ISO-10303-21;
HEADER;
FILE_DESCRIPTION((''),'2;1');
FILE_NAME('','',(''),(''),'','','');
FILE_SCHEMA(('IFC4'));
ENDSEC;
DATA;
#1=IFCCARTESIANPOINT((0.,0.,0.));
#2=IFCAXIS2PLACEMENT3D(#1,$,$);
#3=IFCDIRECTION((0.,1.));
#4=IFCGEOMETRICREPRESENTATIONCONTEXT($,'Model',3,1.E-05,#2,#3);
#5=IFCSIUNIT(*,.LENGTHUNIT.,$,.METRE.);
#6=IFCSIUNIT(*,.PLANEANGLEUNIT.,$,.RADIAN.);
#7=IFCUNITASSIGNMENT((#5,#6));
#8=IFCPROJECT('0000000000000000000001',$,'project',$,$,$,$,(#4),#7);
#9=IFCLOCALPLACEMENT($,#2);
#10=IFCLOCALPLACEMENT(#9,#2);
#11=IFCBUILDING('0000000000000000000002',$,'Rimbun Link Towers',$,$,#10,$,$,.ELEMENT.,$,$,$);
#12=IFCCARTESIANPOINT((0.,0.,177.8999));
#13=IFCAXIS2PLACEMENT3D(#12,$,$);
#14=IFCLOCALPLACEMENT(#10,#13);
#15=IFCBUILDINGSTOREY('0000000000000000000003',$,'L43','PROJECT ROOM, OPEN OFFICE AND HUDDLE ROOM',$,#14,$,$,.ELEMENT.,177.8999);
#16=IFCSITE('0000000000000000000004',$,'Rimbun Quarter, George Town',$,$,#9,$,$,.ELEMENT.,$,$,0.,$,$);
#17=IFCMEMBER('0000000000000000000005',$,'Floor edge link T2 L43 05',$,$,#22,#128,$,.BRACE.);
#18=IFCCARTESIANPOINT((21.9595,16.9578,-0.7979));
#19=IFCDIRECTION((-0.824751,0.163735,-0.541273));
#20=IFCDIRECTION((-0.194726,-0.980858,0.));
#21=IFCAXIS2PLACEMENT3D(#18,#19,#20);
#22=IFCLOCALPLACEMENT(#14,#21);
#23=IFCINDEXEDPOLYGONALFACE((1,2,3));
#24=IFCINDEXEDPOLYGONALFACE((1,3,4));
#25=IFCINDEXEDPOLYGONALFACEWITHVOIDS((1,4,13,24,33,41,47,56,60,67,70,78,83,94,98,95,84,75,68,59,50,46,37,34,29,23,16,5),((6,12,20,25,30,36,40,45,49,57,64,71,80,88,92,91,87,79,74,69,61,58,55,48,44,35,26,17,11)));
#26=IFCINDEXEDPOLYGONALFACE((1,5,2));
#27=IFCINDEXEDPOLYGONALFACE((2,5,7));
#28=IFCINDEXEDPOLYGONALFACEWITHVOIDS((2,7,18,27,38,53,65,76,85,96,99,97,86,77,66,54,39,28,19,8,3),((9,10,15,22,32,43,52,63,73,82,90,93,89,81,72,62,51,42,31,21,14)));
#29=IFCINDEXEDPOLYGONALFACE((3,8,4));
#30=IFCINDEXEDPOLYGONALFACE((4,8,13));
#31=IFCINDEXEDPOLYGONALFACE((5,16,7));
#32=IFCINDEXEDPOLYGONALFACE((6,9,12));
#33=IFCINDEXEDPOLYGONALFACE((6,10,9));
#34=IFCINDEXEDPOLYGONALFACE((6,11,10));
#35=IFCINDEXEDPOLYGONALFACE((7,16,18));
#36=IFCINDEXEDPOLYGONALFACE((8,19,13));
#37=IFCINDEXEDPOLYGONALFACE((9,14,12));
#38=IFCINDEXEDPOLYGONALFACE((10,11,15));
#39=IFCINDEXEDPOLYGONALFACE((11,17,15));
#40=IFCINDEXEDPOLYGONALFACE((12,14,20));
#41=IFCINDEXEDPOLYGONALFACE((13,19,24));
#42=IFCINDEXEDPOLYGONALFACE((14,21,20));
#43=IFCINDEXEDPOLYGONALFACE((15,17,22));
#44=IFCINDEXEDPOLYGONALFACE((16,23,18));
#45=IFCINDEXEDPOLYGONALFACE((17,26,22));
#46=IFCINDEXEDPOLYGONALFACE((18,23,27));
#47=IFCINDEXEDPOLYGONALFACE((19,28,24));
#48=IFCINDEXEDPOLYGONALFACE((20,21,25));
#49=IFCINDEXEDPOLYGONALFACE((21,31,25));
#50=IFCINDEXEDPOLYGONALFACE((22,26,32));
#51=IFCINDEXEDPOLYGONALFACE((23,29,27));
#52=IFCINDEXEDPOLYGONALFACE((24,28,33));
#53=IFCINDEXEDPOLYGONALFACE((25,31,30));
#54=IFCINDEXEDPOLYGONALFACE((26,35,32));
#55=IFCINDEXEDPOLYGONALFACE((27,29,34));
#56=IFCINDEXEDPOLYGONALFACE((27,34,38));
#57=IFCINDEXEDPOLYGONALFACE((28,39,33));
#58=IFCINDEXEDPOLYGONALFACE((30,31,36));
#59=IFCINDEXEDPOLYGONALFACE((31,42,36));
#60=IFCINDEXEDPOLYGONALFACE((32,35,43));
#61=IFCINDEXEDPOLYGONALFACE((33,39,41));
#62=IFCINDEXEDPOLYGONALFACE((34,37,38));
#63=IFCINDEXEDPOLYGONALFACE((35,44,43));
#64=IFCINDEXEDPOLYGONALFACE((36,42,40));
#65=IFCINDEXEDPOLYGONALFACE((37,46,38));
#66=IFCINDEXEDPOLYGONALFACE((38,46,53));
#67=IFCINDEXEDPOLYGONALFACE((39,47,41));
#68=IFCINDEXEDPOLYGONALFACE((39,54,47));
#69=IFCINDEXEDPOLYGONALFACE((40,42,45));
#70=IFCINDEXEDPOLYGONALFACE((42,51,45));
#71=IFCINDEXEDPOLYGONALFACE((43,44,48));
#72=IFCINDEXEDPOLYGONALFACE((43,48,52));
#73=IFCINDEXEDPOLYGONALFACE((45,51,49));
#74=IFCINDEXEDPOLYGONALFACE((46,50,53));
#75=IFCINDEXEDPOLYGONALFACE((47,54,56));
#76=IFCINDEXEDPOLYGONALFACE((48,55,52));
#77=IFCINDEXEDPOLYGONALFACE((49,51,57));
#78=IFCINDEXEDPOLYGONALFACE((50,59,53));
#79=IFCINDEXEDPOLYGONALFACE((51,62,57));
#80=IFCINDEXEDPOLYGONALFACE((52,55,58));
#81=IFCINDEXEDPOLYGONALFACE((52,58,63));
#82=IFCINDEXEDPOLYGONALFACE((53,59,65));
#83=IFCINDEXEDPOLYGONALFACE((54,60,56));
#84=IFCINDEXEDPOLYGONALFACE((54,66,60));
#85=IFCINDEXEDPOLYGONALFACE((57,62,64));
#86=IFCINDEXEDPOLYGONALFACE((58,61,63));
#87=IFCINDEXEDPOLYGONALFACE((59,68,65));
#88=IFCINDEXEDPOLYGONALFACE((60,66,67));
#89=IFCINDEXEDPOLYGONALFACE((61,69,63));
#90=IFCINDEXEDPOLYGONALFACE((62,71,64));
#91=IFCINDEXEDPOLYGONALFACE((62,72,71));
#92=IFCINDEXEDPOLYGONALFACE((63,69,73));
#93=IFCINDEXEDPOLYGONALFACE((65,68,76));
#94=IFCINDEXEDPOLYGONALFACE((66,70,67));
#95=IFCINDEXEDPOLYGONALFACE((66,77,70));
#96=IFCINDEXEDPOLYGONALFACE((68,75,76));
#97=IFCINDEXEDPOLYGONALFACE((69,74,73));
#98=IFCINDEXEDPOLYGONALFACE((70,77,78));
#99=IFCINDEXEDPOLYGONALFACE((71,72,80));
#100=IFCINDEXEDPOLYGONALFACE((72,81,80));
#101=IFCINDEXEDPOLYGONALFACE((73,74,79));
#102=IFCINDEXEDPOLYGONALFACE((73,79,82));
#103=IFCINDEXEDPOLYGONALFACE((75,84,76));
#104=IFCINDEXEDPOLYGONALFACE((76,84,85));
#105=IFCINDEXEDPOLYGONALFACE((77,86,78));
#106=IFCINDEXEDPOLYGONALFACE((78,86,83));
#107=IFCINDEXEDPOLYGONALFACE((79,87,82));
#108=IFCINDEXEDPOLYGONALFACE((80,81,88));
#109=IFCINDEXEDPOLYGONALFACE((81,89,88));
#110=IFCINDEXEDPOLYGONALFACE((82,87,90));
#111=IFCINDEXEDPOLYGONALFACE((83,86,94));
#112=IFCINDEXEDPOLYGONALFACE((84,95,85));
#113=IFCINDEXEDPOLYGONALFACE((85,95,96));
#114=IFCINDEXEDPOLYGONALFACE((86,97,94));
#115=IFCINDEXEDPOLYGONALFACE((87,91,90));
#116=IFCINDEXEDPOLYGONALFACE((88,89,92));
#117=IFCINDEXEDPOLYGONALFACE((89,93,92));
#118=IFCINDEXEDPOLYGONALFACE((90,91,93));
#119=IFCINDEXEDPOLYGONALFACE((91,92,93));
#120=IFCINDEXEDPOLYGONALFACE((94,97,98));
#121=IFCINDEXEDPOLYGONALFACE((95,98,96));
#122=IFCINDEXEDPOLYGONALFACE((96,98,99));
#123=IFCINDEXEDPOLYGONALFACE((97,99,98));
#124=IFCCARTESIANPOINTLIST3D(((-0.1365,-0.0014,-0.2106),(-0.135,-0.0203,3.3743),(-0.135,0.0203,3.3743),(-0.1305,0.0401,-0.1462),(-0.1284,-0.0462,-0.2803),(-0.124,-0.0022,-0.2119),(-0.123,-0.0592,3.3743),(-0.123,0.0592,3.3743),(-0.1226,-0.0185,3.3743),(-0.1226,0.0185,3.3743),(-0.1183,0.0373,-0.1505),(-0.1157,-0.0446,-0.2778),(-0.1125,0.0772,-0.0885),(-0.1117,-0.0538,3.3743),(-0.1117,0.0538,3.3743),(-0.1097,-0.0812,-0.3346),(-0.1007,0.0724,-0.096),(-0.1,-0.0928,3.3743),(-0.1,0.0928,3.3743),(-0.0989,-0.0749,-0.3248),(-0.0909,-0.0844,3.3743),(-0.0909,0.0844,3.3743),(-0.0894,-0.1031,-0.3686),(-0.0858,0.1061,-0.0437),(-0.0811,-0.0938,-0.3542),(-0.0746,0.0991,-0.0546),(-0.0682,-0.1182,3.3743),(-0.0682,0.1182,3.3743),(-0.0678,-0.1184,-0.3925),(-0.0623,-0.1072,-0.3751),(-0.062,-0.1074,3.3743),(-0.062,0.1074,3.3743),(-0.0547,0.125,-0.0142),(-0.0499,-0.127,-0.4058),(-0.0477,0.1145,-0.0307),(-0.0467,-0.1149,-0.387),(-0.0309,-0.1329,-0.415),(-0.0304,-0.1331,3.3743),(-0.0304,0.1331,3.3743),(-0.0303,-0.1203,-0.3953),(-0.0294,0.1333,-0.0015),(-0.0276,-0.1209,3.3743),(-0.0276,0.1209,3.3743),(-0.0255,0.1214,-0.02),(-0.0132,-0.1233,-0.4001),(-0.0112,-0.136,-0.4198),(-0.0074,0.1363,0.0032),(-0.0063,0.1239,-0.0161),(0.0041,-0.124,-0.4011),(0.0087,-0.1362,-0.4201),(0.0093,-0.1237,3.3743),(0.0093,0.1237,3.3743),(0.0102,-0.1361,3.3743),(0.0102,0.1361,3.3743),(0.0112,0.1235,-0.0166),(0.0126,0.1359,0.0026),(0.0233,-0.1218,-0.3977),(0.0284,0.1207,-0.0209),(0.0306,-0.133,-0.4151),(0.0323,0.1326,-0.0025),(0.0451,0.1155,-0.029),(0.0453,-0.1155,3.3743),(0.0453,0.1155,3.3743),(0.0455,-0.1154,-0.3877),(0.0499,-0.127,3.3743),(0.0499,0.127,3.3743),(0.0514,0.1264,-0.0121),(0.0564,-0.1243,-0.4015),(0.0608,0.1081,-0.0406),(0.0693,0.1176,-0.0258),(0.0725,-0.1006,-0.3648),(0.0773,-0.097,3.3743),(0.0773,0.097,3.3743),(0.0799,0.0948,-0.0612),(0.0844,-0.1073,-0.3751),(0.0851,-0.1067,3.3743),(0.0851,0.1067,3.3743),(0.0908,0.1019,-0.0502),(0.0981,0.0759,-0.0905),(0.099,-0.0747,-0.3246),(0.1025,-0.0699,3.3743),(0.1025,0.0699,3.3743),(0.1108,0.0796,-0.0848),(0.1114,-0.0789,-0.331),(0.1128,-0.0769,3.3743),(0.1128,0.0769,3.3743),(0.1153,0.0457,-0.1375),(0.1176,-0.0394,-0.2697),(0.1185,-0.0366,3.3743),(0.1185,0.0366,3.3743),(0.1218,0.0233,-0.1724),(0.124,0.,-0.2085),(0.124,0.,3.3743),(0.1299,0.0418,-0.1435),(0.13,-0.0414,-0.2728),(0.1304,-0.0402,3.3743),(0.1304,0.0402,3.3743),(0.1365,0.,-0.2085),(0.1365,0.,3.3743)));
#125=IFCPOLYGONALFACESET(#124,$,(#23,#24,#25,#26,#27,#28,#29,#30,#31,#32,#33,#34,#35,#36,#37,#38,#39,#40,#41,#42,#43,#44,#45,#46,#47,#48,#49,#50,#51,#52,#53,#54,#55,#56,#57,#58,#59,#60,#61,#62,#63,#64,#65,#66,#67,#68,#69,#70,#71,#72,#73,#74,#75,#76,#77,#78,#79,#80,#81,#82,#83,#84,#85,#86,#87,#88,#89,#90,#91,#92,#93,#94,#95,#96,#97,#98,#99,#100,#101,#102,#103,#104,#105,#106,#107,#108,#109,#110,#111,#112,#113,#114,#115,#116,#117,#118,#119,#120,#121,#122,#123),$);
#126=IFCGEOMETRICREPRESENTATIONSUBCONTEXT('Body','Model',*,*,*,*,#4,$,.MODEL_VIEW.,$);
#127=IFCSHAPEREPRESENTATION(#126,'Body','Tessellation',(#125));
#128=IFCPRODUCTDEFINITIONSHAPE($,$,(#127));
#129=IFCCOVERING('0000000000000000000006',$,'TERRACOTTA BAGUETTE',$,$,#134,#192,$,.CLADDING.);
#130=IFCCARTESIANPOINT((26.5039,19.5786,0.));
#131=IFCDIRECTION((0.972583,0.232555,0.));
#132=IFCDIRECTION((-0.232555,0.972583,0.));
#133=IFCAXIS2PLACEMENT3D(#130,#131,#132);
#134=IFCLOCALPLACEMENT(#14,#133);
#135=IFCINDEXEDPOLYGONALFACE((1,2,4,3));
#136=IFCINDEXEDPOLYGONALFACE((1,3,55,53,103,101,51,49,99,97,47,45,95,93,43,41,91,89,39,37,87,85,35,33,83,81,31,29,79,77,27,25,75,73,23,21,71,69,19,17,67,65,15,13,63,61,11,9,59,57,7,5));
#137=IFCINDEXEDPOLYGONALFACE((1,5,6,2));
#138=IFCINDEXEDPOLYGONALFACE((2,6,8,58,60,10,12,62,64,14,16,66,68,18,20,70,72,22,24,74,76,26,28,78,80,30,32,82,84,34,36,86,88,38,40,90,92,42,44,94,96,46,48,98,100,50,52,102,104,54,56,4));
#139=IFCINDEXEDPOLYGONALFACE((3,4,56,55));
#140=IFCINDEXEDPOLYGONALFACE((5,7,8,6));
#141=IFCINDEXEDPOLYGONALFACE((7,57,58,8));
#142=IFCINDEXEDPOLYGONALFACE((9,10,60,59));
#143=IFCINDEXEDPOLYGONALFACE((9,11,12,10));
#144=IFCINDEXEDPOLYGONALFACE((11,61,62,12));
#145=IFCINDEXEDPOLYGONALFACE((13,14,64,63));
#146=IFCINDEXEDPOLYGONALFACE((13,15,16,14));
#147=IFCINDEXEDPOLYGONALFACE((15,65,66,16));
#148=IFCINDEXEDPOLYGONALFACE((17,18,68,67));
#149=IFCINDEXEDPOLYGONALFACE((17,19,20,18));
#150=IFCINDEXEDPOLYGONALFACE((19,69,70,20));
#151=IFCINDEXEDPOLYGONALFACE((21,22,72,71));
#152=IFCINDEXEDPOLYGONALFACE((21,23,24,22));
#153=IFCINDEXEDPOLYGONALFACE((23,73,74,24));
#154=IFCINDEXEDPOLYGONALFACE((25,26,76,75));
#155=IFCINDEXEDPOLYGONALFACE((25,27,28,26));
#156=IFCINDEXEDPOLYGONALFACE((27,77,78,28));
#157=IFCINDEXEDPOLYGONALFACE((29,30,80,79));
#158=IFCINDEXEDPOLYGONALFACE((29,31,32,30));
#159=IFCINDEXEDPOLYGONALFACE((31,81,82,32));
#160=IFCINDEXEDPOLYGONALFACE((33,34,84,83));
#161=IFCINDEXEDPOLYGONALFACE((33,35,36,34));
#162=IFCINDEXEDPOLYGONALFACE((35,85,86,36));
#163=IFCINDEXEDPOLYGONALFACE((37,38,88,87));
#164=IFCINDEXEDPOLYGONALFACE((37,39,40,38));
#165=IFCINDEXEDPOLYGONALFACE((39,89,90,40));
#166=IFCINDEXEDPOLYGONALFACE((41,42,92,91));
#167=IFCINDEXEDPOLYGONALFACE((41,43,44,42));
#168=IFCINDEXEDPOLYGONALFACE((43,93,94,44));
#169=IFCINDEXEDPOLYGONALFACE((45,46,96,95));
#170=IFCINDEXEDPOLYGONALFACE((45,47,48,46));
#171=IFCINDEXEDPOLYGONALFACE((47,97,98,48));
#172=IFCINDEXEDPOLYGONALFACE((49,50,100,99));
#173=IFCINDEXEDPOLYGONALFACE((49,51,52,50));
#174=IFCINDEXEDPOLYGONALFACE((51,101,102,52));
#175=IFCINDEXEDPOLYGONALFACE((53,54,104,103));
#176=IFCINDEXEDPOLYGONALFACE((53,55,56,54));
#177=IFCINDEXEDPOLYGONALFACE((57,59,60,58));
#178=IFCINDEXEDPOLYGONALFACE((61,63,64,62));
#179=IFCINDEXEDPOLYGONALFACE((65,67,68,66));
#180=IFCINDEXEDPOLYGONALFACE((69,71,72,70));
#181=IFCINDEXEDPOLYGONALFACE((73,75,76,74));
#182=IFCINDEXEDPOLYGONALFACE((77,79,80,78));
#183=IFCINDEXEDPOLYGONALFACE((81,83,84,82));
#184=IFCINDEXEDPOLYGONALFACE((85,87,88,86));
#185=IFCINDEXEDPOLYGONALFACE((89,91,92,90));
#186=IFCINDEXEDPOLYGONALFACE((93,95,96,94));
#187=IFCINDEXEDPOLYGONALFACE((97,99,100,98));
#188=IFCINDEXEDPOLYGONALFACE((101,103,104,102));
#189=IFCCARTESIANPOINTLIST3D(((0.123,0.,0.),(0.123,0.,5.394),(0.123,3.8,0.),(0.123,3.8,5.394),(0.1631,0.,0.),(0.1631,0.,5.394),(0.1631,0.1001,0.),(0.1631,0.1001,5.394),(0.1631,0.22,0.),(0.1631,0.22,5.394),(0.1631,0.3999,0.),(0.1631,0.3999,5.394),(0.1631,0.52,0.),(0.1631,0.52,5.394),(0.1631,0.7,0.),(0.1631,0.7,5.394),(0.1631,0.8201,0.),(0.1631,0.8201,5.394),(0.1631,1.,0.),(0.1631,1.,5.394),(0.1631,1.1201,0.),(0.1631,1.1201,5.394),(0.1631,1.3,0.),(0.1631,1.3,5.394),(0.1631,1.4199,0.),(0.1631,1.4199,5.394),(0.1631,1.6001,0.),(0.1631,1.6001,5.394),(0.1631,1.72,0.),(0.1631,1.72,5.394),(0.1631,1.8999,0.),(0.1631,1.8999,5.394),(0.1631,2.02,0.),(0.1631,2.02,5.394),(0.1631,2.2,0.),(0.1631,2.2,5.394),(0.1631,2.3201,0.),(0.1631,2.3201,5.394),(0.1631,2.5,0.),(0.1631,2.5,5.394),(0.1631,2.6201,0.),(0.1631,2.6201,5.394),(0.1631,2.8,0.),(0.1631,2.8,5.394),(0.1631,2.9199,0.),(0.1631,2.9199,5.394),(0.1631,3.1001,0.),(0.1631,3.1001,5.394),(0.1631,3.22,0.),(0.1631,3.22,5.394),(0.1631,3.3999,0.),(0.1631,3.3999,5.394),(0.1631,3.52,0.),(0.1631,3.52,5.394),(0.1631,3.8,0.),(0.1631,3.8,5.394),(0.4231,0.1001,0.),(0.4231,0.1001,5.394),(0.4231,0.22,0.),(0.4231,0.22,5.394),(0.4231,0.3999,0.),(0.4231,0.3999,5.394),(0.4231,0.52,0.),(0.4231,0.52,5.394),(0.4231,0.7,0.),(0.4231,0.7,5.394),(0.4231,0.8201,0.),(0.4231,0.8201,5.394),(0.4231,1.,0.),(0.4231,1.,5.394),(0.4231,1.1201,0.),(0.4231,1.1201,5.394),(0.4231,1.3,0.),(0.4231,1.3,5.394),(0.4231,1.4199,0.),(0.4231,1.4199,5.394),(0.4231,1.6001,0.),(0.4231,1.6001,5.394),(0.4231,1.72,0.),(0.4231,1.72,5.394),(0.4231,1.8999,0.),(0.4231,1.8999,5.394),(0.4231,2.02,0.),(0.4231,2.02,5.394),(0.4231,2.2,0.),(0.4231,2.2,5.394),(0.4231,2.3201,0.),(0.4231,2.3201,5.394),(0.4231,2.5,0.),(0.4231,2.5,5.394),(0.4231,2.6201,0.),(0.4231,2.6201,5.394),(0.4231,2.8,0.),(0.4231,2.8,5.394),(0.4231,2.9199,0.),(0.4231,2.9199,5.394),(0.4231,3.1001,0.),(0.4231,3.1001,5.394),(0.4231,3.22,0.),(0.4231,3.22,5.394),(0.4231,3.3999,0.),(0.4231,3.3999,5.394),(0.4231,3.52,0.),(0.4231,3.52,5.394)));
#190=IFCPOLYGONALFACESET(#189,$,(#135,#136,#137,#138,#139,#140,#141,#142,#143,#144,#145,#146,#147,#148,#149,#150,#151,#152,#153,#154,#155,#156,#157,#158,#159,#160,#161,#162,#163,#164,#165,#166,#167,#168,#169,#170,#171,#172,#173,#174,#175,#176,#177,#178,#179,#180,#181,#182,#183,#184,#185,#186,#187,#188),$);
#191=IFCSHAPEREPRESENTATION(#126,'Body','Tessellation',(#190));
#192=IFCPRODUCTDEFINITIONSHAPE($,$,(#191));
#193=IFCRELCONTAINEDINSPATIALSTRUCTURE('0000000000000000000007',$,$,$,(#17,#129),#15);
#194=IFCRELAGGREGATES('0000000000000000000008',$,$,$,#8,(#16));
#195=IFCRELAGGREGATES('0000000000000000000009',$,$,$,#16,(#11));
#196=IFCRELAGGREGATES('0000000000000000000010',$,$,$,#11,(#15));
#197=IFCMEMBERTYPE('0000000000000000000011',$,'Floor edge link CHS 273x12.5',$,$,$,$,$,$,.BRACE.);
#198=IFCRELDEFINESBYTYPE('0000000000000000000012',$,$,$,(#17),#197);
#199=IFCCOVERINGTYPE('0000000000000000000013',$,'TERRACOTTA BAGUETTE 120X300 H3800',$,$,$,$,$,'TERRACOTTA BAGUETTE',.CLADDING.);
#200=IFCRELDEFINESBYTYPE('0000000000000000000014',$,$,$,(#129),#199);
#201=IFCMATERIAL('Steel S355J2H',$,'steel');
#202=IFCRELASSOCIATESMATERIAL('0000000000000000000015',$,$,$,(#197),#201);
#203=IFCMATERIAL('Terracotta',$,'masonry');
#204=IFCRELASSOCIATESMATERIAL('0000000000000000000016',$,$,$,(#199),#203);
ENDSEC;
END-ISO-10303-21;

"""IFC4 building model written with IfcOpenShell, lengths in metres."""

from ifc_helpers import new_model, si_unit, direction, frame, origin, origin_2d, place, context, subcontext, project, spatial, polyline, hollow_circle, outline, extrude, clip, halfspace, material, material_profile, profile_set, type_object, element, save


model = new_model("IFC4")

# Units and contexts
model_context = context("Model", 3, precision=1e-05, world=origin(), true_north=direction((0.0, 1.0)))
body_context = subcontext(model_context, "Body", "Model", "MODEL_VIEW")
ifc_project = project(units=[si_unit("LENGTHUNIT", "METRE"), si_unit("PLANEANGLEUNIT", "RADIAN")], contexts=[model_context])

# Site, building, storey
site_placement = place(None, origin())
site = spatial("IfcSite", under=ifc_project, at=site_placement, Name="Rimbun Quarter, George Town", CompositionType="ELEMENT", RefElevation=0.0)
building_placement = place(site_placement, origin())
building = spatial("IfcBuilding", under=site, at=building_placement, Name="Rimbun Link Towers", CompositionType="ELEMENT")
storey_placement = place(building_placement, frame((0.0, 0.0, 177.8999)))
storey = spatial("IfcBuildingStorey", under=building, at=storey_placement, Name="L43", Description="PROJECT ROOM, OPEN OFFICE AND HUDDLE ROOM", CompositionType="ELEMENT", Elevation=177.8999)

# Member
ifc_material_1 = material(Name="Steel S355J2H", Category="steel")
ifc_material_profile_1 = material_profile(ifc_material_1, hollow_circle(Radius=0.1365, WallThickness=0.0125, at=origin_2d()), Name="CHS 273x12.5")
ifc_profile_set_1 = profile_set([ifc_material_profile_1], Name="Steel S355J2H")
member_type_1 = type_object("IfcMemberType", Name="Floor edge link CHS 273x12.5", PredefinedType="BRACE", material=ifc_profile_set_1)
member_1_placement = place(storey_placement, frame((21.9595, 16.9578, -0.7979), z_axis=(-0.824751, 0.163735, -0.541273), x_axis=(-0.194726, -0.980858, 0.0)))
element("IfcMember", 1, at=member_1_placement, inside=storey, type_object=member_type_1, Name="Floor edge link T2 L43 05", PredefinedType="BRACE", context=body_context, shape_type="Clipping", body=[
    clip(extrude(hollow_circle(Radius=0.1365, WallThickness=0.0125, at=origin_2d()), frame((0.0, 0.0, -0.4426)), (0.0, 0.0, 1.0), 3.8169), halfspace(frame((0.0, 0.0, -0.2085), z_axis=(0.0, 0.840847, -0.541273)), False)),
])

# Covering
ifc_material_2 = material(Name="Terracotta", Category="masonry")
ifc_material_profile_2 = material_profile(ifc_material_2, outline(polyline([(0.123, 0.0), (0.1631, 0.0), (0.1631, 0.1001), (0.4231, 0.1001), (0.4231, 0.22), (0.1631, 0.22), (0.1631, 0.3999), (0.4231, 0.3999), (0.4231, 0.52), (0.1631, 0.52), (0.1631, 0.7), (0.4231, 0.7), (0.4231, 0.8201), (0.1631, 0.8201), (0.1631, 1.0), (0.4231, 1.0), (0.4231, 1.1201), (0.1631, 1.1201), (0.1631, 1.3), (0.4231, 1.3), (0.4231, 1.4199), (0.1631, 1.4199), (0.1631, 1.6001), (0.4231, 1.6001), (0.4231, 1.72), (0.1631, 1.72), (0.1631, 1.8999), (0.4231, 1.8999), (0.4231, 2.02), (0.1631, 2.02), (0.1631, 2.2), (0.4231, 2.2), (0.4231, 2.3201), (0.1631, 2.3201), (0.1631, 2.5), (0.4231, 2.5), (0.4231, 2.6201), (0.1631, 2.6201), (0.1631, 2.8), (0.4231, 2.8), (0.4231, 2.9199), (0.1631, 2.9199), (0.1631, 3.1001), (0.4231, 3.1001), (0.4231, 3.22), (0.1631, 3.22), (0.1631, 3.3999), (0.4231, 3.3999), (0.4231, 3.52), (0.1631, 3.52), (0.1631, 3.8), (0.123, 3.8), (0.123, 0.0)])), Name="BAGUETTE 120X300")
ifc_profile_set_2 = profile_set([ifc_material_profile_2], Name="Terracotta")
covering_type = type_object("IfcCoveringType", Name="TERRACOTTA BAGUETTE 120X300 H3800", ElementType="TERRACOTTA BAGUETTE", PredefinedType="CLADDING", material=ifc_profile_set_2)
covering_1_placement = place(storey_placement, frame((26.5039, 19.5786, 0.0), z_axis=(0.972583, 0.232555, 0.0), x_axis=(-0.232555, 0.972583, 0.0)))
element("IfcCovering", 2, at=covering_1_placement, inside=storey, type_object=covering_type, Name="TERRACOTTA BAGUETTE", PredefinedType="CLADDING", context=body_context, shape_type="SweptSolid", body=[
    extrude(outline(polyline([(0.123, 0.0), (0.1631, 0.0), (0.1631, 0.1001), (0.4231, 0.1001), (0.4231, 0.22), (0.1631, 0.22), (0.1631, 0.3999), (0.4231, 0.3999), (0.4231, 0.52), (0.1631, 0.52), (0.1631, 0.7), (0.4231, 0.7), (0.4231, 0.8201), (0.1631, 0.8201), (0.1631, 1.0), (0.4231, 1.0), (0.4231, 1.1201), (0.1631, 1.1201), (0.1631, 1.3), (0.4231, 1.3), (0.4231, 1.4199), (0.1631, 1.4199), (0.1631, 1.6001), (0.4231, 1.6001), (0.4231, 1.72), (0.1631, 1.72), (0.1631, 1.8999), (0.4231, 1.8999), (0.4231, 2.02), (0.1631, 2.02), (0.1631, 2.2), (0.4231, 2.2), (0.4231, 2.3201), (0.1631, 2.3201), (0.1631, 2.5), (0.4231, 2.5), (0.4231, 2.6201), (0.1631, 2.6201), (0.1631, 2.8), (0.4231, 2.8), (0.4231, 2.9199), (0.1631, 2.9199), (0.1631, 3.1001), (0.4231, 3.1001), (0.4231, 3.22), (0.1631, 3.22), (0.1631, 3.3999), (0.4231, 3.3999), (0.4231, 3.52), (0.1631, 3.52), (0.1631, 3.8), (0.123, 3.8), (0.123, 0.0)])), origin(), (0.0, 0.0, 1.0), 5.394),
])

save(model, "model.ifc")
